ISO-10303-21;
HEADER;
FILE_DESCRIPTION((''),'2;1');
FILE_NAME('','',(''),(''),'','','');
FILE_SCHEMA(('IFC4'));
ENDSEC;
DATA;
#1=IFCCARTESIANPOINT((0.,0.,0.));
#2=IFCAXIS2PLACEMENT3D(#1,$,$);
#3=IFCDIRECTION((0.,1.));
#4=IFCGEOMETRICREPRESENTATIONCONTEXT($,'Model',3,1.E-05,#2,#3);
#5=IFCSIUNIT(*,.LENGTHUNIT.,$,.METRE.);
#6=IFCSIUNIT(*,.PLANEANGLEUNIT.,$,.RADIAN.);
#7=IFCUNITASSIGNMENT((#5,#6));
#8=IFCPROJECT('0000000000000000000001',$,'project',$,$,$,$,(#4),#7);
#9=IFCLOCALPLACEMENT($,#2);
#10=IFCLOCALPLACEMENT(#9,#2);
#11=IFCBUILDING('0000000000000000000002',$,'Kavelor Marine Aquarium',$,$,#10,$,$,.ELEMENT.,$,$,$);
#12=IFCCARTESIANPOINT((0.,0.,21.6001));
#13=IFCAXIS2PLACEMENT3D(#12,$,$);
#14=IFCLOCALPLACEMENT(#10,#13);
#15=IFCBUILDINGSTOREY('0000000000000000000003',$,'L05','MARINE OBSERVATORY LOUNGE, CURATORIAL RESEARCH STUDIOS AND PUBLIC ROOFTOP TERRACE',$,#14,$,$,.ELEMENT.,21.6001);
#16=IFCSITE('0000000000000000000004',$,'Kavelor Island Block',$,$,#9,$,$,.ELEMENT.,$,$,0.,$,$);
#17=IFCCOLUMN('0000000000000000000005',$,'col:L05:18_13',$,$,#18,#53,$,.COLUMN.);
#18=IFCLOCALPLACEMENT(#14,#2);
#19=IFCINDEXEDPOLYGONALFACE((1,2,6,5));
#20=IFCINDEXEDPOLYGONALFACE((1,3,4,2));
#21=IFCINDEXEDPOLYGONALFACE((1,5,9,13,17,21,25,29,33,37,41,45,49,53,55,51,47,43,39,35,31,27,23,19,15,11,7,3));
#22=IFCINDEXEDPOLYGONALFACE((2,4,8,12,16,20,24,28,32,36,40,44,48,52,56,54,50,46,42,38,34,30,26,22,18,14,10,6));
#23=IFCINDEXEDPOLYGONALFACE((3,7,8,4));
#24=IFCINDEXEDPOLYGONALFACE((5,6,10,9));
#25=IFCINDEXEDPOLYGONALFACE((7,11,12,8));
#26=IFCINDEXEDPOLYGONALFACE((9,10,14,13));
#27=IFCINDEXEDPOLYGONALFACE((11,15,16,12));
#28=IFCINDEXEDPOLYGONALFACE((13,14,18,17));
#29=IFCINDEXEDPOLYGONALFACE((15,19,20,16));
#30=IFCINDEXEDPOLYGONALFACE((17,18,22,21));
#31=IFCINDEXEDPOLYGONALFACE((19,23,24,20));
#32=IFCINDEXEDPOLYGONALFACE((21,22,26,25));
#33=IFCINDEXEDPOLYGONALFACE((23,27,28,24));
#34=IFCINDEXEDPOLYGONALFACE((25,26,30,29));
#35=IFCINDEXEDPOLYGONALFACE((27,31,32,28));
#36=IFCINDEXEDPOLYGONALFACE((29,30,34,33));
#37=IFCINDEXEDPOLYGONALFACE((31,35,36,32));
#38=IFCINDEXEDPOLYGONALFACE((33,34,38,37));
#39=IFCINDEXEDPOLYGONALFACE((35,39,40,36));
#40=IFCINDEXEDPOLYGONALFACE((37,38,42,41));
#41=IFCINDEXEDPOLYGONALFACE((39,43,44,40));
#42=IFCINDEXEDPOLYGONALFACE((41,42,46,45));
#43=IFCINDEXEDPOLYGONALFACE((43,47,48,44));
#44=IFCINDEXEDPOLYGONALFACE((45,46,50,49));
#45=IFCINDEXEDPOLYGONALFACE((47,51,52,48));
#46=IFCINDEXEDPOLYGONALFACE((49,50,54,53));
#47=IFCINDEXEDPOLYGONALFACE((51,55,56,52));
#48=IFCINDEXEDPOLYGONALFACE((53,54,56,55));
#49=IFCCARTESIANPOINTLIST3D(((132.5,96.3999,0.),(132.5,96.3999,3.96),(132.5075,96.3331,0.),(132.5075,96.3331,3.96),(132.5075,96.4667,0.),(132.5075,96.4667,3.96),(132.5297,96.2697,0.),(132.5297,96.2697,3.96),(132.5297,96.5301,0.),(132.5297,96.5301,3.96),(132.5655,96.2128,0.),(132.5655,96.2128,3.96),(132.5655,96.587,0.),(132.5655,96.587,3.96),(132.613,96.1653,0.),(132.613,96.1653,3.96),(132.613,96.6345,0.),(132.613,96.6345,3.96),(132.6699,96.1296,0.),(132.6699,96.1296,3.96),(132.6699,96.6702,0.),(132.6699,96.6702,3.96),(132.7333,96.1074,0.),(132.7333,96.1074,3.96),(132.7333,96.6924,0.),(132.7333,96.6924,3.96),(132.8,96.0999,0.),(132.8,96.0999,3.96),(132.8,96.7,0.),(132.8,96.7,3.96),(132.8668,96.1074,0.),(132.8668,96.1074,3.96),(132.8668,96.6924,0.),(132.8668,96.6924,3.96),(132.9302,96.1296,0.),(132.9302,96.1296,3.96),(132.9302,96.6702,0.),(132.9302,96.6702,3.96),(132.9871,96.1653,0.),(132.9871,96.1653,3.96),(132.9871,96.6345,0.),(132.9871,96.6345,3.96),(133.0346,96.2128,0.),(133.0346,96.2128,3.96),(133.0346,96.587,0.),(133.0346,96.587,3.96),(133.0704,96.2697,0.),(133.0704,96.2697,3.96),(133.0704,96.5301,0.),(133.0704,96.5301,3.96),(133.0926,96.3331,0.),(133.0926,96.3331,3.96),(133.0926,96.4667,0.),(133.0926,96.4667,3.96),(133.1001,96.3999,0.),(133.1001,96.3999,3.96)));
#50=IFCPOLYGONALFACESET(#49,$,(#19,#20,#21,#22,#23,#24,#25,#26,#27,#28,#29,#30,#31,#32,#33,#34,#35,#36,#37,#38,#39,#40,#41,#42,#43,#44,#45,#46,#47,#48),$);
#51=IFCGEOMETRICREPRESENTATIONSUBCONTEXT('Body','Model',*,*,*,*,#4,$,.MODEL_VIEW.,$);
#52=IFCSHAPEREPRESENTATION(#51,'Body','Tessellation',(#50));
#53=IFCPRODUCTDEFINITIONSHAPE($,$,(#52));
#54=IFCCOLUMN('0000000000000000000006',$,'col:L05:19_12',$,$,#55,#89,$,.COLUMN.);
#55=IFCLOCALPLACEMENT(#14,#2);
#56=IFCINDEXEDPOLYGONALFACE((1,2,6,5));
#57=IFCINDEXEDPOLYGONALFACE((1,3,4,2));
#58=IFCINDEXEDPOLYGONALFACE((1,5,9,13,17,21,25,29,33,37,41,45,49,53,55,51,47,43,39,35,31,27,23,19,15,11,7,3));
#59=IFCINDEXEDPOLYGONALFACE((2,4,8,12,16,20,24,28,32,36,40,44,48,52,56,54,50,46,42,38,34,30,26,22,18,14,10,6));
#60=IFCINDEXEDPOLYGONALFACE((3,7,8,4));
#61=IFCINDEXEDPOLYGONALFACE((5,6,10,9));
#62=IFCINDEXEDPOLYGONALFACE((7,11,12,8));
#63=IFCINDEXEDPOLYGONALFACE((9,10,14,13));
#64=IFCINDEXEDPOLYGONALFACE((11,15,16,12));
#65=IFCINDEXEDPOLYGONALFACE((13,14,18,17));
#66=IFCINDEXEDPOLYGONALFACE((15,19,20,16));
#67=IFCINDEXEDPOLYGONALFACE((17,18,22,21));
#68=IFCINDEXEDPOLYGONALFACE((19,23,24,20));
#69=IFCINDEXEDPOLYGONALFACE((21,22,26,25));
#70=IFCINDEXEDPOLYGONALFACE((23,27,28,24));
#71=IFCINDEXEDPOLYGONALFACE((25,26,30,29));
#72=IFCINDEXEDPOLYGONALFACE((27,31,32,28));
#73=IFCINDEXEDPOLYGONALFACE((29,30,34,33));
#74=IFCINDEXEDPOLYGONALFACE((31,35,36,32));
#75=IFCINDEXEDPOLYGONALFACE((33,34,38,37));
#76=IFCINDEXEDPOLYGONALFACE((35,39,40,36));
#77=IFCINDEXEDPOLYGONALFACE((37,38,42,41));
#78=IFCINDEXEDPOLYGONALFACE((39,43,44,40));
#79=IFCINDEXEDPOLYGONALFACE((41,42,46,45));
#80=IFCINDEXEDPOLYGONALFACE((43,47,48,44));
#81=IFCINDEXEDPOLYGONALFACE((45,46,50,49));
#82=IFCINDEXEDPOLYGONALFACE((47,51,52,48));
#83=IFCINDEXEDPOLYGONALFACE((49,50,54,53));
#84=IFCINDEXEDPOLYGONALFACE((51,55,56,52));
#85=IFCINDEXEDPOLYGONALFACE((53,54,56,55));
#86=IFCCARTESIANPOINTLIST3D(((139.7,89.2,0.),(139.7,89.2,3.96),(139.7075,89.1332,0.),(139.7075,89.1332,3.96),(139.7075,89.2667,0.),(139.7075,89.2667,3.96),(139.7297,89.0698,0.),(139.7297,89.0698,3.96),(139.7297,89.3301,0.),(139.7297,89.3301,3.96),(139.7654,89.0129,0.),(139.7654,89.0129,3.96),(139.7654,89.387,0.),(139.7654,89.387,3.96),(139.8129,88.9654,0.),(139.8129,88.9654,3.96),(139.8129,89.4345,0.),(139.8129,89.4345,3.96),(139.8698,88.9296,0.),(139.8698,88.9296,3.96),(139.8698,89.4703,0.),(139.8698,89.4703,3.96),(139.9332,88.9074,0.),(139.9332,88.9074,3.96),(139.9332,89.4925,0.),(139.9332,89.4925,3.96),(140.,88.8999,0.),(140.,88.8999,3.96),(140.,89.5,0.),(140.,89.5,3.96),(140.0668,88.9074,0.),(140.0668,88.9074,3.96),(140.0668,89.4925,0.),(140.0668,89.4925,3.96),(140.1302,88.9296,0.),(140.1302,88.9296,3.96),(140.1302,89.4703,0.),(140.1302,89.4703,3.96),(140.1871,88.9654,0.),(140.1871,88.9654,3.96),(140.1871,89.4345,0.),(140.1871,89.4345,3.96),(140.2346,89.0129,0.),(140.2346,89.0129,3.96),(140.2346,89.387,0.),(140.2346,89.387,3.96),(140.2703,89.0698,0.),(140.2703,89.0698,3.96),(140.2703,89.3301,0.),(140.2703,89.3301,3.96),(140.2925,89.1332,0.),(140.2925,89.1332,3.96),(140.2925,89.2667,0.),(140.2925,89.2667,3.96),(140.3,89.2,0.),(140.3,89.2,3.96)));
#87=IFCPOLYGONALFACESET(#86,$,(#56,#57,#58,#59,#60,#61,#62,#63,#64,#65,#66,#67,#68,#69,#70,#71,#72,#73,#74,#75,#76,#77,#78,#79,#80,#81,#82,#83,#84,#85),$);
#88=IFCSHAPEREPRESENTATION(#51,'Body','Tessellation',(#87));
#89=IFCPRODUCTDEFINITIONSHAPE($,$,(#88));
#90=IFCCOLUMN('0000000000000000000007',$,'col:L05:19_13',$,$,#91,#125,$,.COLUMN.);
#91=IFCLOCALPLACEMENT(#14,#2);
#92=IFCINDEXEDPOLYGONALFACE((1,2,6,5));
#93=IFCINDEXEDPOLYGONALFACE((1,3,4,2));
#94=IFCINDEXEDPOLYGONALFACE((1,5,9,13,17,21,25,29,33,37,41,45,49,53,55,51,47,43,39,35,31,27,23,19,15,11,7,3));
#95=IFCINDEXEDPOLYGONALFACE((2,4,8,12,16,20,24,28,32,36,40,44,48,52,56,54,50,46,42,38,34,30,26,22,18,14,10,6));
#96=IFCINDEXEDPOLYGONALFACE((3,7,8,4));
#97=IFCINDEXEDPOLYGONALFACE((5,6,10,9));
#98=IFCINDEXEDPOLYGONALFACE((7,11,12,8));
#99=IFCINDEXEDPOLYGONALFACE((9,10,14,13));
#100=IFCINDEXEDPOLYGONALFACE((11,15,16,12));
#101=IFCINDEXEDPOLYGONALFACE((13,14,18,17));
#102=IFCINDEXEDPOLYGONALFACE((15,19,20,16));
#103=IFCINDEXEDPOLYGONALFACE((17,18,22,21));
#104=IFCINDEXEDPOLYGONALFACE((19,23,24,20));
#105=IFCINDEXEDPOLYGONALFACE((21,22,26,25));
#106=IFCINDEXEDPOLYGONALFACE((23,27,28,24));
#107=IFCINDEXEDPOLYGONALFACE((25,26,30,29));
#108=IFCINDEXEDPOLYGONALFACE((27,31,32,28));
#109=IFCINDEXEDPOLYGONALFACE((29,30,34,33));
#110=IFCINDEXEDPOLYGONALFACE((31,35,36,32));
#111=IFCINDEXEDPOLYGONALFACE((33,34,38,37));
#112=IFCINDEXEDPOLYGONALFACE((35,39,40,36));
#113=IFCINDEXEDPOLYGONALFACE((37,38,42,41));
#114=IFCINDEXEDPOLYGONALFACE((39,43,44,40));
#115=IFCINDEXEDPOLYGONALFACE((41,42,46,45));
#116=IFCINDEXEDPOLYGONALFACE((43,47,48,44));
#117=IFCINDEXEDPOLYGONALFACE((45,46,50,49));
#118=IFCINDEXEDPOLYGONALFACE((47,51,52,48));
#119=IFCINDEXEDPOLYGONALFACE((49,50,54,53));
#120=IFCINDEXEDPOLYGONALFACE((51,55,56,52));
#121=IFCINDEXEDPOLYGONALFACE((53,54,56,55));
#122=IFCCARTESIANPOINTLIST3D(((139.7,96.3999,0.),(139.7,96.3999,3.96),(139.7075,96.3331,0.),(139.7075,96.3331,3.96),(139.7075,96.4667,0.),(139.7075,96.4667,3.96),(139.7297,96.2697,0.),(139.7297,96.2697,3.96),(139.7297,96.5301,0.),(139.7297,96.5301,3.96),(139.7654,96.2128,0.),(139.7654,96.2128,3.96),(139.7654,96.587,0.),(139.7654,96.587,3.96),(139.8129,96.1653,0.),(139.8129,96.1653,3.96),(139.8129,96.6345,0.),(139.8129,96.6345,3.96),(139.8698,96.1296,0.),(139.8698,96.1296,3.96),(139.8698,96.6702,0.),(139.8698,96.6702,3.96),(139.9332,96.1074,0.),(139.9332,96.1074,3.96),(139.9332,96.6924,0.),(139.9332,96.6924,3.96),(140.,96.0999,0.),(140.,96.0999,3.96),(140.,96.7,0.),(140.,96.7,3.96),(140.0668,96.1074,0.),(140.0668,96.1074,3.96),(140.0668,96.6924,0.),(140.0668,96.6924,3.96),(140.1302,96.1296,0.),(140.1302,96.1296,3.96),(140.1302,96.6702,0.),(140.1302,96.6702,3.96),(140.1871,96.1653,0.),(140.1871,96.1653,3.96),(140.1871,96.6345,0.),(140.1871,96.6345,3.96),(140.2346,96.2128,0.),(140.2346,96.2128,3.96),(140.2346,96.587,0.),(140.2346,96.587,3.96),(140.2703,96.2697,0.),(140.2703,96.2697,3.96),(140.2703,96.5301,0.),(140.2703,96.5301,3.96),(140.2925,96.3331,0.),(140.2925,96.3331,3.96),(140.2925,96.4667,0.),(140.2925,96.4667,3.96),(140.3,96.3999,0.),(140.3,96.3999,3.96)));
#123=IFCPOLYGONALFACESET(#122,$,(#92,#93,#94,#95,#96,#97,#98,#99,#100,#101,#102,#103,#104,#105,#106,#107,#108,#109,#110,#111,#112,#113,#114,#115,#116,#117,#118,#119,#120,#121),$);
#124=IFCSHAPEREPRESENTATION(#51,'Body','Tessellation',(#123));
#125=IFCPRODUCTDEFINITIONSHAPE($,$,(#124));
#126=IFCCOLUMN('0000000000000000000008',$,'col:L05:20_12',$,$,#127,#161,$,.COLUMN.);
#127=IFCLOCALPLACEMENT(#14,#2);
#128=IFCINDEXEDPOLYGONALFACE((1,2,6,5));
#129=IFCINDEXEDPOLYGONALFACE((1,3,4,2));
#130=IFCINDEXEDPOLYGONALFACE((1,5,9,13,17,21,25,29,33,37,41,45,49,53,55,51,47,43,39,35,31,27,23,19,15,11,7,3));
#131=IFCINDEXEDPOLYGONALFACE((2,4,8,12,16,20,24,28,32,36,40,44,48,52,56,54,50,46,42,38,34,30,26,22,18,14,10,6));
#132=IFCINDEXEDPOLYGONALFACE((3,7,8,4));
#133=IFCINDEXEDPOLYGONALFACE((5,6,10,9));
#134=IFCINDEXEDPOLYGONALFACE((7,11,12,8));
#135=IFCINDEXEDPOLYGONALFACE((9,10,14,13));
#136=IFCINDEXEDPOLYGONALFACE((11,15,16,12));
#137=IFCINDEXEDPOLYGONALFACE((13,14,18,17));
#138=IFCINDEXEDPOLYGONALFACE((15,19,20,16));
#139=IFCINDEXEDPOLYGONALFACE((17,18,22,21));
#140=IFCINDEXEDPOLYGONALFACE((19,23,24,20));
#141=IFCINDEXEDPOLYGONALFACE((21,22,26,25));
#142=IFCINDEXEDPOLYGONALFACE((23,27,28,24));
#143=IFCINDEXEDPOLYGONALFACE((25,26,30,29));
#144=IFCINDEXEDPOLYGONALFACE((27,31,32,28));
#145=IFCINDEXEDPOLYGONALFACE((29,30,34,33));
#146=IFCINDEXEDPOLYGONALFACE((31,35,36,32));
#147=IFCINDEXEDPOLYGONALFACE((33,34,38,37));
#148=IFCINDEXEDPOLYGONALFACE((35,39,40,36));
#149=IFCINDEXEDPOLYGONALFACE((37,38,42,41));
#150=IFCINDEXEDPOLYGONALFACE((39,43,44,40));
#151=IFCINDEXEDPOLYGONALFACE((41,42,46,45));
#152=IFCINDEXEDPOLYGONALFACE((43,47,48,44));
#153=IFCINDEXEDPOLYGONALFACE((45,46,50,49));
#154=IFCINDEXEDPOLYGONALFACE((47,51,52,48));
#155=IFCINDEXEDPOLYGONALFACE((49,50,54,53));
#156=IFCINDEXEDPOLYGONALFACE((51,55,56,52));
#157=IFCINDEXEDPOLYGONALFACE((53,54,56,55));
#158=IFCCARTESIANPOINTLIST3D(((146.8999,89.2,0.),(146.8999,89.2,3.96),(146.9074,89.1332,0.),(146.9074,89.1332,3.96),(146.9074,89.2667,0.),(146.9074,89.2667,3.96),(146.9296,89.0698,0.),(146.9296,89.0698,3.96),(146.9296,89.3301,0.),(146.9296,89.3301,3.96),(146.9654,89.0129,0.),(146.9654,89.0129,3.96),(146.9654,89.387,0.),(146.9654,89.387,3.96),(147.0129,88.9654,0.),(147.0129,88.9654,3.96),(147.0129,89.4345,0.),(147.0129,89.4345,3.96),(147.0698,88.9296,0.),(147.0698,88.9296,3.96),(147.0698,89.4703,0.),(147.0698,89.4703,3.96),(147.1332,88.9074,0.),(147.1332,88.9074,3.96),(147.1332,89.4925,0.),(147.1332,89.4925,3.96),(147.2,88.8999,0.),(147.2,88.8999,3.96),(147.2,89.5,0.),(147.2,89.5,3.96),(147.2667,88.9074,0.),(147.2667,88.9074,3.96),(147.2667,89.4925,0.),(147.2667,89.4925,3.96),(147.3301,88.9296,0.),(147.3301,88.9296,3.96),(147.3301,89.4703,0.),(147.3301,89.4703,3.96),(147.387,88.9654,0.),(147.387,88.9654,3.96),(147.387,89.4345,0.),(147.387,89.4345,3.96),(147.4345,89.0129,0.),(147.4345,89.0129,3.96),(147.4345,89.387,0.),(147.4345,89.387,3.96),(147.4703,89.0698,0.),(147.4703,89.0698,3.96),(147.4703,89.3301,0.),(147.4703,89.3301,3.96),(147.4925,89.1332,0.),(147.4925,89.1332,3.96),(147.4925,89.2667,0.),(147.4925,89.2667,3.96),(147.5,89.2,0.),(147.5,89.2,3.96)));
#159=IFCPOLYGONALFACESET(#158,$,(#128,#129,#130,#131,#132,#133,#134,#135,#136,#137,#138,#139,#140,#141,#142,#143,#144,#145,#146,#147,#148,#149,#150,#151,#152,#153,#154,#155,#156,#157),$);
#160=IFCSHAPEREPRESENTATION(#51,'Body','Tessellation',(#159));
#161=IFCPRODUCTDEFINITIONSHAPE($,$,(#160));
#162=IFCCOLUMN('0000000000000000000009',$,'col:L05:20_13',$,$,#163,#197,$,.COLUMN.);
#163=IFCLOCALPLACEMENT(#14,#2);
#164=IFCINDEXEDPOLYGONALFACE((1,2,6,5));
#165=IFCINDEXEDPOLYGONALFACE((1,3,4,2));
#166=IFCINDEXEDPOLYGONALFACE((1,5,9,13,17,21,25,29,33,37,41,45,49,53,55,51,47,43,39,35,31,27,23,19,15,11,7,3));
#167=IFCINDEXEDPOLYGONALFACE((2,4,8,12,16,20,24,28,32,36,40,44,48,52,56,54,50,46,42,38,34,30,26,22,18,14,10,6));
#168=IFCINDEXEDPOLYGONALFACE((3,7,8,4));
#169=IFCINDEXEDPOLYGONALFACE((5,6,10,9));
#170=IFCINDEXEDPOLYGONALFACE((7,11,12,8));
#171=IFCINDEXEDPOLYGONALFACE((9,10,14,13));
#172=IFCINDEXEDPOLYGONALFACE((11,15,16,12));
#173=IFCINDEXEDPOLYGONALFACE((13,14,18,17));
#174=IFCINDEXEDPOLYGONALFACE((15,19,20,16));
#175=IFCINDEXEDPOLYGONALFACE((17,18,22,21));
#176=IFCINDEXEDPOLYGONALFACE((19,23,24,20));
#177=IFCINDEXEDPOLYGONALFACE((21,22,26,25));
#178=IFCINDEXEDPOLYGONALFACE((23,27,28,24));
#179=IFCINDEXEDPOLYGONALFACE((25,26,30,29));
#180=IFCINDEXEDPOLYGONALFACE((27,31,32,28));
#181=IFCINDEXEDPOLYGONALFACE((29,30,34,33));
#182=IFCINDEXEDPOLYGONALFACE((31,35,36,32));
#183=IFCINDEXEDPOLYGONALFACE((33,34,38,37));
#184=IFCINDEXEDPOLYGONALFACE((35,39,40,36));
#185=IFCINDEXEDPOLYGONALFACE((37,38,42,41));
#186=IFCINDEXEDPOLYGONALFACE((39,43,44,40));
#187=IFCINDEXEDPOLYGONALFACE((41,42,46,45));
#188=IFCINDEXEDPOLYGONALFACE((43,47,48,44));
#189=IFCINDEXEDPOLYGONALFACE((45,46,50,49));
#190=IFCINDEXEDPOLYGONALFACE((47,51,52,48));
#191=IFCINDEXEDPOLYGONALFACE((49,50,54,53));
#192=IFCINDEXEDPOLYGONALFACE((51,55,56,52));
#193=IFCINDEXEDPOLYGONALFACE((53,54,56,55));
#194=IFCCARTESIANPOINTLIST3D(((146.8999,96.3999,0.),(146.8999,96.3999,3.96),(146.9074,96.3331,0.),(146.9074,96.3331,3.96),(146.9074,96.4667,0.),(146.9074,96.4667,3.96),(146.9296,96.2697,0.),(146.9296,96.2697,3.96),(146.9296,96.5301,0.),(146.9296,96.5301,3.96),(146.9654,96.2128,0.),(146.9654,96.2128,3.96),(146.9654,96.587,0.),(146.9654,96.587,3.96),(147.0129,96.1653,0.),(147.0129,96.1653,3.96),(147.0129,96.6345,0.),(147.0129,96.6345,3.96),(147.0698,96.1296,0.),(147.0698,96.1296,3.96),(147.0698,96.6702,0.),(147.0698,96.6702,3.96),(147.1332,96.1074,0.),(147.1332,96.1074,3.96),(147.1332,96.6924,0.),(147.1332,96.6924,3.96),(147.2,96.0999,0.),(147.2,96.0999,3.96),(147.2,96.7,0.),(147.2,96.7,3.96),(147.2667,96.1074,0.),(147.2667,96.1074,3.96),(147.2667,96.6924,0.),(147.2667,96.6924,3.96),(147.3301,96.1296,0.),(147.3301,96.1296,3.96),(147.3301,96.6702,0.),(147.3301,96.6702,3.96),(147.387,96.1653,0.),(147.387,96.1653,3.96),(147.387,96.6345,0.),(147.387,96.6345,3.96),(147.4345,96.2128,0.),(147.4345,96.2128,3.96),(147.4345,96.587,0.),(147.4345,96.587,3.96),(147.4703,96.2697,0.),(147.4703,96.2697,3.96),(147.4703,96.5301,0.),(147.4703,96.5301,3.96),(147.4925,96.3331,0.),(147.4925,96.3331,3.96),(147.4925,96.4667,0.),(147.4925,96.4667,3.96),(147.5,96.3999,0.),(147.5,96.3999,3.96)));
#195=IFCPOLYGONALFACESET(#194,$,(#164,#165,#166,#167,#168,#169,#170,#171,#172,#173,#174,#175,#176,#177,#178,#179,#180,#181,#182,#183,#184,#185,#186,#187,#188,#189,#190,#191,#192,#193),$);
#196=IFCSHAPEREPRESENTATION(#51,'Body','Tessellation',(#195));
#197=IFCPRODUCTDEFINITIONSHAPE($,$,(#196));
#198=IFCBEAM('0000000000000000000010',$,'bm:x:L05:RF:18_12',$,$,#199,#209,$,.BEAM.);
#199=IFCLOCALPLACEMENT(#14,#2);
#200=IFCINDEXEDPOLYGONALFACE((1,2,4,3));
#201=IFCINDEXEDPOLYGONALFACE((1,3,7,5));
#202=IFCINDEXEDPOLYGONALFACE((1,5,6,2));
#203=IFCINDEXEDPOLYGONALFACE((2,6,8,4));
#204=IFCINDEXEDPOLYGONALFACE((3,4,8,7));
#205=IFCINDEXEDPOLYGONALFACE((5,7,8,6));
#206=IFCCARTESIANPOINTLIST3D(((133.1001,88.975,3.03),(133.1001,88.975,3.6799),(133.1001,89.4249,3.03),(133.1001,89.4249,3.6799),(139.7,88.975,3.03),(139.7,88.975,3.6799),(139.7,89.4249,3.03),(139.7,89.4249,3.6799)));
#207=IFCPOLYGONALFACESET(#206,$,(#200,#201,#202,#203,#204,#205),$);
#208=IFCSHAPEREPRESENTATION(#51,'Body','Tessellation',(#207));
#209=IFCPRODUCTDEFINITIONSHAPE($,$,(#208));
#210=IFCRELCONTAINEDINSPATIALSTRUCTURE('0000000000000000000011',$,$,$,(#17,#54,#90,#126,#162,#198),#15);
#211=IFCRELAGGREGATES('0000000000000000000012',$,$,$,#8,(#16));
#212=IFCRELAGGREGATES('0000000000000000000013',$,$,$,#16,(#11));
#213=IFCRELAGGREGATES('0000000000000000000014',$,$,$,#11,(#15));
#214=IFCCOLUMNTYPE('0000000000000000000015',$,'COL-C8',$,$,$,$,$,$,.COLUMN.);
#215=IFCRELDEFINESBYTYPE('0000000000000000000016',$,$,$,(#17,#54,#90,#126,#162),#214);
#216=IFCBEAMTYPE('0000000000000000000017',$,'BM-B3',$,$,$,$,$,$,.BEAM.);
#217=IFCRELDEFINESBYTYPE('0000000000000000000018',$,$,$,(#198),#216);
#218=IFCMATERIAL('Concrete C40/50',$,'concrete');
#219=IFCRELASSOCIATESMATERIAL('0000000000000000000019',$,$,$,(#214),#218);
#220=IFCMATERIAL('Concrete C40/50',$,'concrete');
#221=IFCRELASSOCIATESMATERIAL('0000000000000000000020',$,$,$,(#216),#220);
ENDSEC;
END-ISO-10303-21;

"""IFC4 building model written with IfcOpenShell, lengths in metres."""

from ifc_helpers import new_model, si_unit, direction, frame, origin, origin_2d, place, context, subcontext, project, spatial, rectangle, circle, extrude, material, material_profile, profile_set, type_object, element, save


model = new_model("IFC4")

# Units and contexts
model_context = context("Model", 3, precision=1e-05, world=origin(), true_north=direction((0.0, 1.0)))
body_context = subcontext(model_context, "Body", "Model", "MODEL_VIEW")
ifc_project = project(units=[si_unit("LENGTHUNIT", "METRE"), si_unit("PLANEANGLEUNIT", "RADIAN")], contexts=[model_context])

# Site, building, storey
site_placement = place(None, origin())
site = spatial("IfcSite", under=ifc_project, at=site_placement, Name="Kavelor Island Block", CompositionType="ELEMENT", RefElevation=0.0)
building_placement = place(site_placement, origin())
building = spatial("IfcBuilding", under=site, at=building_placement, Name="Kavelor Marine Aquarium", CompositionType="ELEMENT")
storey_placement = place(building_placement, frame((0.0, 0.0, 21.6001)))
storey = spatial("IfcBuildingStorey", under=building, at=storey_placement, Name="L05", Description="MARINE OBSERVATORY LOUNGE, CURATORIAL RESEARCH STUDIOS AND PUBLIC ROOFTOP TERRACE", CompositionType="ELEMENT", Elevation=21.6001)

# Columns
ifc_material_1 = material(Name="Concrete C40/50", Category="concrete")
ifc_material_profile_1 = material_profile(ifc_material_1, circle(Radius=0.3, at=origin_2d()), Name="RC-COL D600")
ifc_profile_set_1 = profile_set([ifc_material_profile_1], Name="Concrete C40/50")
column_type = type_object("IfcColumnType", Name="COL-C8", PredefinedType="COLUMN", material=ifc_profile_set_1)
for number, where, z_axis, x_axis, name in (
    (1, (132.8, 96.3999, 0.0), (0.0, 0.0, 1.0), (1.0, 0.0, 0.0), "col:L05:18_13"),
    (2, (140.0, 89.2, 0.0), (0.0, 0.0, 1.0), (1.0, 0.0, 0.0), "col:L05:19_12"),
    (3, (140.0, 96.3999, 0.0), (0.0, 0.0, 1.0), (1.0, 0.0, 0.0), "col:L05:19_13"),
    (4, (147.2, 89.2, 0.0), (0.0, 0.0, 1.0), (1.0, 0.0, 0.0), "col:L05:20_12"),
    (5, (147.2, 96.3999, 0.0), (0.0, 0.0, 1.0), (1.0, 0.0, 0.0), "col:L05:20_13"),
):
    element("IfcColumn", number, at=place(storey_placement, frame(where, z_axis=z_axis, x_axis=x_axis)), inside=storey, type_object=column_type, Name=name, PredefinedType="COLUMN", context=body_context, shape_type="SweptSolid", body=[
        extrude(circle(Radius=0.3, at=origin_2d()), origin(), (0.0, 0.0, 1.0), 3.96),
    ])

# Beam
ifc_material_2 = material(Name="Concrete C40/50", Category="concrete")
ifc_material_profile_2 = material_profile(ifc_material_2, rectangle(XDim=0.45, YDim=0.6499, at=origin_2d()), Name="RC-BM 450x650")
ifc_profile_set_2 = profile_set([ifc_material_profile_2], Name="Concrete C40/50")
beam_type_1 = type_object("IfcBeamType", Name="BM-B3", PredefinedType="BEAM", material=ifc_profile_set_2)
for number, where, z_axis, x_axis, name in (
    (6, (133.1001, 89.2, 3.355), (1.0, 0.0, 0.0), (0.0, 1.0, 0.0), "bm:x:L05:RF:18_12"),
):
    element("IfcBeam", number, at=place(storey_placement, frame(where, z_axis=z_axis, x_axis=x_axis)), inside=storey, type_object=beam_type_1, Name=name, PredefinedType="BEAM", context=body_context, shape_type="SweptSolid", body=[
        extrude(rectangle(XDim=0.45, YDim=0.6499, at=origin_2d()), origin(), (0.0, 0.0, 1.0), 6.5999),
    ])

save(model, "model.ifc")
